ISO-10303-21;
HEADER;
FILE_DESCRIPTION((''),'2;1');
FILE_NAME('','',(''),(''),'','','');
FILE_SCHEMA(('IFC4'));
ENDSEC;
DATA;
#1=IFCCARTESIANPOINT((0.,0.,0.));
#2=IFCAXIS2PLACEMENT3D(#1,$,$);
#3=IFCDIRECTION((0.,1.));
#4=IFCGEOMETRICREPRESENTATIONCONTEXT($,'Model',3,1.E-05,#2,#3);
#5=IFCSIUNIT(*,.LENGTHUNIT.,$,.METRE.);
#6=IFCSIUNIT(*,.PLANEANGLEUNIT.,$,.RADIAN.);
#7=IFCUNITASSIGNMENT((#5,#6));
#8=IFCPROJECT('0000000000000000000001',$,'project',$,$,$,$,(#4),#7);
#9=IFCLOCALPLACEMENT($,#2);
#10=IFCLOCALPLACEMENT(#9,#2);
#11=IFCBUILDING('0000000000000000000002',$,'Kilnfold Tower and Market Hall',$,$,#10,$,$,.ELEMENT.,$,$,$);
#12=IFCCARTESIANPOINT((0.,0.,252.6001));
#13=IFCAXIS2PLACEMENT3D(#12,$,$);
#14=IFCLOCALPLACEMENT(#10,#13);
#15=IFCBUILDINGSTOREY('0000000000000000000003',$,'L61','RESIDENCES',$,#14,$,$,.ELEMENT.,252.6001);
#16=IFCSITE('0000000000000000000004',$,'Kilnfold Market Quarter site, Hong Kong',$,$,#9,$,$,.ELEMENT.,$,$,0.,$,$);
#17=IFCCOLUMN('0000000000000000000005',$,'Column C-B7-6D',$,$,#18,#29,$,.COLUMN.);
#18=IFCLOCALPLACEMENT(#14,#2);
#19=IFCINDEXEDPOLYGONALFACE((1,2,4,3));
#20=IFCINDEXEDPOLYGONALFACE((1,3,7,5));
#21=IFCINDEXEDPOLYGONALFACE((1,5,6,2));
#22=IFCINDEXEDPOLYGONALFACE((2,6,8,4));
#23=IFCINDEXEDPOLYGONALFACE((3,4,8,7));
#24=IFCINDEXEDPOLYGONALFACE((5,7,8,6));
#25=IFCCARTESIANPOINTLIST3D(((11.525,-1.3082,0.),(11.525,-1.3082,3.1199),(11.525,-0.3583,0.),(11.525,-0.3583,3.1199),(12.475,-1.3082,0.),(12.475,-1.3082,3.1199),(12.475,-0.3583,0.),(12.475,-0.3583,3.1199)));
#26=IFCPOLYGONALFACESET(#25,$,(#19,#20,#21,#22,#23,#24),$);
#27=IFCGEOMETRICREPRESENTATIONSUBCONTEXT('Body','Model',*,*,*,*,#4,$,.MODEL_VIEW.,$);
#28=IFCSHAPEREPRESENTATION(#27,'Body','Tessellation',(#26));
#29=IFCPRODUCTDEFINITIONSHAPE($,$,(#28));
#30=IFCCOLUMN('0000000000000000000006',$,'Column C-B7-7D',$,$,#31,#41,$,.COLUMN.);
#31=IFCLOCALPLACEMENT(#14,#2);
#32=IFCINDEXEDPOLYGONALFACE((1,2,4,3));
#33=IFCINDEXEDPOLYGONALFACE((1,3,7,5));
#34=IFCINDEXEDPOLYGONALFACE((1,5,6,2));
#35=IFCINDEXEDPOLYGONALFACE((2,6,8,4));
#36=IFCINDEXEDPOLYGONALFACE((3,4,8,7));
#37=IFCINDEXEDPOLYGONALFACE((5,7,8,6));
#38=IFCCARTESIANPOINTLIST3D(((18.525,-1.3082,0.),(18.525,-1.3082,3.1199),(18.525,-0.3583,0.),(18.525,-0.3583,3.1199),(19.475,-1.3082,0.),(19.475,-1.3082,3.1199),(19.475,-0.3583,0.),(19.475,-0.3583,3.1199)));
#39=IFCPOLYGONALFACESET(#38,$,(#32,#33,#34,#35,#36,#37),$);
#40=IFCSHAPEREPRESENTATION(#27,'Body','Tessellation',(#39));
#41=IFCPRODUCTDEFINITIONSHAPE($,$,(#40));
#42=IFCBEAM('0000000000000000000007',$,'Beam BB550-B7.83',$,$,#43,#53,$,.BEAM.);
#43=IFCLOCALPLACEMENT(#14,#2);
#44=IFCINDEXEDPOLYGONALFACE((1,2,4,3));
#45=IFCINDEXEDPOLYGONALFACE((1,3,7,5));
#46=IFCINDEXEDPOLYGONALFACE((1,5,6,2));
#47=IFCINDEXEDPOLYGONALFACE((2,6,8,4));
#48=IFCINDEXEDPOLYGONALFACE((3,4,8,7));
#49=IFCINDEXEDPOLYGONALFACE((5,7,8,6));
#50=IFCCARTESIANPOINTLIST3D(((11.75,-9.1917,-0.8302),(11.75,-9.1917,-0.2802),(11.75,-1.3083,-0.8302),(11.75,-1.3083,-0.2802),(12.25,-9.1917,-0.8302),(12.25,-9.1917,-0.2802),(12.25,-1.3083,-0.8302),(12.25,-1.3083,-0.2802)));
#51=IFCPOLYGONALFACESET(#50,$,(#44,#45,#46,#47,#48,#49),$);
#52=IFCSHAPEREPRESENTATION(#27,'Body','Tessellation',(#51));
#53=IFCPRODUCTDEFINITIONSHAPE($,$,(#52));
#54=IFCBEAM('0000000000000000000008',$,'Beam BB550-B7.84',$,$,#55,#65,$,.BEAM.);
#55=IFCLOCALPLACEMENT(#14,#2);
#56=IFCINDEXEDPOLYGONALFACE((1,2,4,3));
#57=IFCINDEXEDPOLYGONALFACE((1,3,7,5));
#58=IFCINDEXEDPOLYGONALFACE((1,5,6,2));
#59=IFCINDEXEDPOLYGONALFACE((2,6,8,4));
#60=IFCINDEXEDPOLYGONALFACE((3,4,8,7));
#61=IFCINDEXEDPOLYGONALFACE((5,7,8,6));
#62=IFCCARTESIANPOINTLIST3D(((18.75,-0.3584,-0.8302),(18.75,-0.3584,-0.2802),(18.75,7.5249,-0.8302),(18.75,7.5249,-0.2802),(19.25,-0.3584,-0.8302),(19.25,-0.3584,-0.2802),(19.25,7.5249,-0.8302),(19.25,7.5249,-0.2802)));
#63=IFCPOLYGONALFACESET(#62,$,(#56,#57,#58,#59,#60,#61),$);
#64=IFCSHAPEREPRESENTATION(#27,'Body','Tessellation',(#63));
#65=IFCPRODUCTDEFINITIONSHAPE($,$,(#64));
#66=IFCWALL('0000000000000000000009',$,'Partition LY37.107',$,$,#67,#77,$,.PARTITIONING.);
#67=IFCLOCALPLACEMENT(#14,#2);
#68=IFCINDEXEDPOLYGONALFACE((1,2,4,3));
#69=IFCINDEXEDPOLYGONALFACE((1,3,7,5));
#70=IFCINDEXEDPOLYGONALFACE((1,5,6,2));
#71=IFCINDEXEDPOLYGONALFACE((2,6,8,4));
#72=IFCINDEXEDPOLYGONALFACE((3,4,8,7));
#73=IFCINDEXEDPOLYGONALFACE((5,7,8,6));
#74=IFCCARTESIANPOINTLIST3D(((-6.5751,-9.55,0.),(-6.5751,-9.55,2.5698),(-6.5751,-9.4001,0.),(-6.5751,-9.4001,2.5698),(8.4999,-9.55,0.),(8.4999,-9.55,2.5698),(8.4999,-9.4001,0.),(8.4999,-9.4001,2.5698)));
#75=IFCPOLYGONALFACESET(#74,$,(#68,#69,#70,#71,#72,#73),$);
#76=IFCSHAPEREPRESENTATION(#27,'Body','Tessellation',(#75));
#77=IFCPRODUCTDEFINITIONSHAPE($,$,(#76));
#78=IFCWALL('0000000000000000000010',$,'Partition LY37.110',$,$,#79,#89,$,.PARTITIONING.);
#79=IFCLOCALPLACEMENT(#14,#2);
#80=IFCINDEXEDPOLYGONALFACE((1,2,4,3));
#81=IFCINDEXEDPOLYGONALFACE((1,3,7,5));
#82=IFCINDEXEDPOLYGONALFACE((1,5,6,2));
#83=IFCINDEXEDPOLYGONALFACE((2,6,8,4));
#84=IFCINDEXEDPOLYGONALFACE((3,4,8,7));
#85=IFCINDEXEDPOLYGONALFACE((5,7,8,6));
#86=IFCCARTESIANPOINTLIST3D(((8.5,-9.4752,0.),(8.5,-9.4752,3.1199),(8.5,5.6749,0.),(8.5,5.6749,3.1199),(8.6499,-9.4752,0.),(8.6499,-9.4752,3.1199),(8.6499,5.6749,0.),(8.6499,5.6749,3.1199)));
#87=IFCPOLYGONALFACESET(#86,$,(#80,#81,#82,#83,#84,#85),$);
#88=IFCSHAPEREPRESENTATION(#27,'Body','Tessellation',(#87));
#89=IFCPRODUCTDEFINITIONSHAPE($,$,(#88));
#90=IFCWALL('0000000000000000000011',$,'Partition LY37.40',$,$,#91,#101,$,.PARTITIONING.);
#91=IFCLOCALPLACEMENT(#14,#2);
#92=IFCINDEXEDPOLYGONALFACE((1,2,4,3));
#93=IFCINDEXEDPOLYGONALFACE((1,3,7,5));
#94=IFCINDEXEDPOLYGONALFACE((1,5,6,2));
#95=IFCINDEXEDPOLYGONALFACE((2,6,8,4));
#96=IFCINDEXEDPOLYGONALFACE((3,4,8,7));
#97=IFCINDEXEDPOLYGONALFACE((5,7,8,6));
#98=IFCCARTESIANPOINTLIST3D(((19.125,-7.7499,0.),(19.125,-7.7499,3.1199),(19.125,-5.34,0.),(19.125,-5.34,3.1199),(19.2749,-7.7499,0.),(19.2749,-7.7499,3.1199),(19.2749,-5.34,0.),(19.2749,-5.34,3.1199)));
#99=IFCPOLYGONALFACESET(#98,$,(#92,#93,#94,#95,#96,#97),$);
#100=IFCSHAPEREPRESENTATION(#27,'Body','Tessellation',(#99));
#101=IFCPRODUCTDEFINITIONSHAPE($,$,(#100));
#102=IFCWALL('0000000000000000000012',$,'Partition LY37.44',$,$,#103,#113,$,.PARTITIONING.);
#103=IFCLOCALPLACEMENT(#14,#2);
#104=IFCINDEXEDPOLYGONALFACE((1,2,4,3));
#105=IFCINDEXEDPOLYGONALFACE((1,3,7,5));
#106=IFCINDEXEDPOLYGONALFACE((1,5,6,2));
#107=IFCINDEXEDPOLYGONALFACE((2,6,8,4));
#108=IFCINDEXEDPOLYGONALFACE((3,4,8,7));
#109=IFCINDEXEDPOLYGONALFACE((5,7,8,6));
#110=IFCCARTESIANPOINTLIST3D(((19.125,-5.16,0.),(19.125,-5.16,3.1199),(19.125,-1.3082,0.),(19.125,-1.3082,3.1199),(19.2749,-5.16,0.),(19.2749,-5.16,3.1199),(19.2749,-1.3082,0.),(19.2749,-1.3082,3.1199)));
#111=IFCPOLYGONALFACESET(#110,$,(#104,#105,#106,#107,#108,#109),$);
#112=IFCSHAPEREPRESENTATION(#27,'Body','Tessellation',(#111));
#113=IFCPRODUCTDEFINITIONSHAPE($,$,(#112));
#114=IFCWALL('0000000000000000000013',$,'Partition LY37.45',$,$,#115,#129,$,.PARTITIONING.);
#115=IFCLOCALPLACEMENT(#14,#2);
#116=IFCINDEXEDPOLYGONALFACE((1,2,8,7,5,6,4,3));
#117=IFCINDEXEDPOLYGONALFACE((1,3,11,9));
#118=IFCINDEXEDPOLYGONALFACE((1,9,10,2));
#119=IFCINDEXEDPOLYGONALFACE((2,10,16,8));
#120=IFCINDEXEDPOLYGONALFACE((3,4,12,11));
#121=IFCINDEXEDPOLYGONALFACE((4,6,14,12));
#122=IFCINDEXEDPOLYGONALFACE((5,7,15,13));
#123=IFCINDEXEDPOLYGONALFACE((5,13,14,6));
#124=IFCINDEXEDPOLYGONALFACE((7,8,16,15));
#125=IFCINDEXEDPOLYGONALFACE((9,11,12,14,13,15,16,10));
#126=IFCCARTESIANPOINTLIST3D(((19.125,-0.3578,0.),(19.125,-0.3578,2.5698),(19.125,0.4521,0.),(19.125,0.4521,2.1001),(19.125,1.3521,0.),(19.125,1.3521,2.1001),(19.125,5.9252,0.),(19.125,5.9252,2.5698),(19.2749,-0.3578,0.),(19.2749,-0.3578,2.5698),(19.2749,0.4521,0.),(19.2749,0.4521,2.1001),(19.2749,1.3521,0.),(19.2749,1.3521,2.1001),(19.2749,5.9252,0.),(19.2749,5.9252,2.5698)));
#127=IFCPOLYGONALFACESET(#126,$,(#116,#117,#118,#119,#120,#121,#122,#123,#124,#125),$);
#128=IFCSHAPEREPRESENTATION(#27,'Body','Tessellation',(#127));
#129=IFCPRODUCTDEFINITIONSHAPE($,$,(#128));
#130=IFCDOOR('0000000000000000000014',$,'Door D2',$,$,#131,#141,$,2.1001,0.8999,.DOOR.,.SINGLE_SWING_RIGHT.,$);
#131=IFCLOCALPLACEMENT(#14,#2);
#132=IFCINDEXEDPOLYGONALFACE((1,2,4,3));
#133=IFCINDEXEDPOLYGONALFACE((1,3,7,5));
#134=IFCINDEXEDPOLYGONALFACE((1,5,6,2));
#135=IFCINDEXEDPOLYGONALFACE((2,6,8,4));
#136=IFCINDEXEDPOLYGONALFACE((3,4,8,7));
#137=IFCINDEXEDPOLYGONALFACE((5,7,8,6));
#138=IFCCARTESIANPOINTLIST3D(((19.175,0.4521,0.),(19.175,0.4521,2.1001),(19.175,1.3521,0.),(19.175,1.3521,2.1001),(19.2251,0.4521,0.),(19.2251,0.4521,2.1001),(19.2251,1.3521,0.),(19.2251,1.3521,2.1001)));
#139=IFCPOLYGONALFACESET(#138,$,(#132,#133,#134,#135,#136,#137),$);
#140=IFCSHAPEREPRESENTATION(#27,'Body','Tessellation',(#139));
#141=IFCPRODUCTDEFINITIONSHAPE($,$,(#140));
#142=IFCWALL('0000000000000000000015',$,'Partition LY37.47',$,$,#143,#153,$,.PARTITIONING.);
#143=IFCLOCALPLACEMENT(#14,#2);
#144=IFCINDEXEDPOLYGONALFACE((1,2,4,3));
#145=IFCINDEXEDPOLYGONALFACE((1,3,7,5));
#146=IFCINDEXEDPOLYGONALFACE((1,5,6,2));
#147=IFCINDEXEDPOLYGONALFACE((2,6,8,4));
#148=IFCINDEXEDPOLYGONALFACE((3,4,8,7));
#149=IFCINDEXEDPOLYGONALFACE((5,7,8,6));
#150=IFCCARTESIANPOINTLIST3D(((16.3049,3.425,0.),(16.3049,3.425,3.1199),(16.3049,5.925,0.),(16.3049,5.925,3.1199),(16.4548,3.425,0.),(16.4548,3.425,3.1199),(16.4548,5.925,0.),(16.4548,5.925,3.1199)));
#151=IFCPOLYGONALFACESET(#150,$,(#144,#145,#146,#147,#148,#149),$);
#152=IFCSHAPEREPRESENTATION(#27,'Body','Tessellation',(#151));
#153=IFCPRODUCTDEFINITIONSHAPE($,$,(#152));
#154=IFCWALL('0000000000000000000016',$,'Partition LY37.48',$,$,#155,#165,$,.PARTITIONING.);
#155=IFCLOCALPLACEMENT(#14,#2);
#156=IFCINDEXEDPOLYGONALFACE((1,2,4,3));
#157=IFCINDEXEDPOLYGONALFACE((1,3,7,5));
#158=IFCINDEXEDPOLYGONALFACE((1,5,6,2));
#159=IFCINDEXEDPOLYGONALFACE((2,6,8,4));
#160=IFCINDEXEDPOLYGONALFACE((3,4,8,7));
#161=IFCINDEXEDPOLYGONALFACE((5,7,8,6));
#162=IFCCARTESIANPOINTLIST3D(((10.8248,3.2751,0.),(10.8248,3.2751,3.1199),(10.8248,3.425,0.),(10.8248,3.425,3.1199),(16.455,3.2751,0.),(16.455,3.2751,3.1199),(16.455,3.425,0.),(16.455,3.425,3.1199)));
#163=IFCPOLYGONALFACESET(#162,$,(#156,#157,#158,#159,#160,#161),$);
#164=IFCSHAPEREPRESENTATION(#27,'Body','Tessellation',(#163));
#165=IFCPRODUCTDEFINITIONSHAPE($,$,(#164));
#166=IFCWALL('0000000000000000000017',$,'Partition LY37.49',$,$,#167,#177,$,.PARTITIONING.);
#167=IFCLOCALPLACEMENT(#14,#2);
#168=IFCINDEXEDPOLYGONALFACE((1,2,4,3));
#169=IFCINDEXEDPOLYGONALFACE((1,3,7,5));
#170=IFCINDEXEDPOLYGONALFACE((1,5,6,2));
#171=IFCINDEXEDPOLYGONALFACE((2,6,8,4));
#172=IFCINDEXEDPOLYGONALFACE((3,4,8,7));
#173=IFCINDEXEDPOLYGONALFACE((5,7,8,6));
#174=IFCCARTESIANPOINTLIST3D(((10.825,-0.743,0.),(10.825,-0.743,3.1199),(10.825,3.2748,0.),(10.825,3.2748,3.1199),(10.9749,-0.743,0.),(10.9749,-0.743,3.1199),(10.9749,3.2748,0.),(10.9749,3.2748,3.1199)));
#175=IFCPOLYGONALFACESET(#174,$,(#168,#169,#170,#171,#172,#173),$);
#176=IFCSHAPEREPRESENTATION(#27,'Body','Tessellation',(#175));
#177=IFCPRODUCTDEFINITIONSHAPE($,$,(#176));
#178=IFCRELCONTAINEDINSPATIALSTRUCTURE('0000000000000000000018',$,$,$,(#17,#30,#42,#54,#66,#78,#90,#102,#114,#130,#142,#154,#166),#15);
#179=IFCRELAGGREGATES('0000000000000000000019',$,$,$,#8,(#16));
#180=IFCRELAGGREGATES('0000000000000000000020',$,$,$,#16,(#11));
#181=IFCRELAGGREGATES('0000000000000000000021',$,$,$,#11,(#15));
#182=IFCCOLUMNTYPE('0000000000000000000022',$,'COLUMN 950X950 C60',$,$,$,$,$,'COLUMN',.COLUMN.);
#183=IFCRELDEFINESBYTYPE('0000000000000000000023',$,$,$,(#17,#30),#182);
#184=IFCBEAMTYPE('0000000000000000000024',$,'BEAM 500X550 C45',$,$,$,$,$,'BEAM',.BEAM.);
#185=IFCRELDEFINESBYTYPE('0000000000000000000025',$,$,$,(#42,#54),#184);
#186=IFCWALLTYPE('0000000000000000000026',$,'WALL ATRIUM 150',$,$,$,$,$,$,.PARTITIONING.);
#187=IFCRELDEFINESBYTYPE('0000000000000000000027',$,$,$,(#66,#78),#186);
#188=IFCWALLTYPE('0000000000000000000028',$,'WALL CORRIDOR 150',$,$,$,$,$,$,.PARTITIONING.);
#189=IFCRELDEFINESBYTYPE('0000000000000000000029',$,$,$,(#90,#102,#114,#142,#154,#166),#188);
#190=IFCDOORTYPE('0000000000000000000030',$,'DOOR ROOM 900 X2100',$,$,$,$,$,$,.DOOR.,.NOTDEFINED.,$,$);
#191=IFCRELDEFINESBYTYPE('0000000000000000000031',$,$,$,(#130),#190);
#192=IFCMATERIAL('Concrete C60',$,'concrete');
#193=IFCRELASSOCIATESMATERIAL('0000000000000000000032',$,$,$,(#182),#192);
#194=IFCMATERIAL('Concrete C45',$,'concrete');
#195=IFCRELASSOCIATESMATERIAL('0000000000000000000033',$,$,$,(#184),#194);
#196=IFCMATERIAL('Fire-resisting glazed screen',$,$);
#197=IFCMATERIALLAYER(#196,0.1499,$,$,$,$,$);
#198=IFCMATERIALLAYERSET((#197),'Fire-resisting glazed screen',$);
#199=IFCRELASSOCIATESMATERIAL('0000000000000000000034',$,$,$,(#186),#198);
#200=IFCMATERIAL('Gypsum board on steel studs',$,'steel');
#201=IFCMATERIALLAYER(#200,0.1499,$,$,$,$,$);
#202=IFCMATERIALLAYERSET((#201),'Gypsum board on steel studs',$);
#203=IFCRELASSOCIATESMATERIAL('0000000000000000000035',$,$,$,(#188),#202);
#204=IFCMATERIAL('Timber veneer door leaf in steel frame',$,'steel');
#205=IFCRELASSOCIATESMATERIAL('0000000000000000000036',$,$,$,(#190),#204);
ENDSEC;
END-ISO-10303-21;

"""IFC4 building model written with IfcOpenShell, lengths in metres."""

from ifc_helpers import new_model, si_unit, direction, frame, frame_2d, origin, origin_2d, place, context, subcontext, project, spatial, rectangle, extrude, source, transform, mapped, material, layer, layer_set, material_profile, profile_set, type_object, element, fill, save


model = new_model("IFC4")

# Units and contexts
model_context = context("Model", 3, precision=1e-05, world=origin(), true_north=direction((0.0, 1.0)))
body_context = subcontext(model_context, "Body", "Model", "MODEL_VIEW")
ifc_project = project(units=[si_unit("LENGTHUNIT", "METRE"), si_unit("PLANEANGLEUNIT", "RADIAN")], contexts=[model_context])

# Site, building, storey
site_placement = place(None, origin())
site = spatial("IfcSite", under=ifc_project, at=site_placement, Name="Kilnfold Market Quarter site, Hong Kong", CompositionType="ELEMENT", RefElevation=0.0)
building_placement = place(site_placement, origin())
building = spatial("IfcBuilding", under=site, at=building_placement, Name="Kilnfold Tower and Market Hall", CompositionType="ELEMENT")
storey_placement = place(building_placement, frame((0.0, 0.0, 252.6001)))
storey = spatial("IfcBuildingStorey", under=building, at=storey_placement, Name="L61", Description="RESIDENCES", CompositionType="ELEMENT", Elevation=252.6001)

# Columns
ifc_material_1 = material(Name="Concrete C60", Category="concrete")
ifc_material_profile_1 = material_profile(ifc_material_1, rectangle(XDim=0.95, YDim=0.95, at=origin_2d()), Name="RC 950x950")
ifc_profile_set_1 = profile_set([ifc_material_profile_1], Name="Concrete C60")
column_type = type_object("IfcColumnType", Name="COLUMN 950X950 C60", ElementType="COLUMN", PredefinedType="COLUMN", material=ifc_profile_set_1)
shared_shape_1 = source(origin(), body_context, "Body", "SweptSolid", [
    extrude(rectangle(XDim=0.95, YDim=0.95, at=origin_2d()), origin(), (0.0, 0.0, 1.0), 3.1199),
])
for number, where, z_axis, x_axis, name in (
    (1, (12.0, -0.8333, 0.0), (0.0, 0.0, 1.0), (1.0, 0.0, 0.0), "Column C-B7-6D"),
    (2, (19.0, -0.8333, 0.0), (0.0, 0.0, 1.0), (1.0, 0.0, 0.0), "Column C-B7-7D"),
):
    element("IfcColumn", number, at=place(storey_placement, frame(where, z_axis=z_axis, x_axis=x_axis)), inside=storey, type_object=column_type, Name=name, PredefinedType="COLUMN", context=body_context, shape_type="MappedRepresentation", body=[
        mapped(shared_shape_1, transform((0.0, 0.0, 0.0))),
    ])

# Beams
ifc_material_2 = material(Name="Concrete C45", Category="concrete")
ifc_material_profile_2 = material_profile(ifc_material_2, rectangle(XDim=0.5, YDim=0.55, at=origin_2d()), Name="RC 500x550")
ifc_profile_set_2 = profile_set([ifc_material_profile_2], Name="Concrete C45")
beam_type = type_object("IfcBeamType", Name="BEAM 500X550 C45", ElementType="BEAM", PredefinedType="BEAM", material=ifc_profile_set_2)
shared_shape_2 = source(origin(), body_context, "Body", "SweptSolid", [
    extrude(rectangle(XDim=0.5, YDim=0.55, at=origin_2d()), origin(), (0.0, 0.0, 1.0), 7.8833),
])
for number, where, z_axis, x_axis, name in (
    (3, (12.0, -9.1917, -0.5552), (0.0, 1.0, 0.0), (-1.0, 0.0, 0.0), "Beam BB550-B7.83"),
    (4, (19.0, -0.3584, -0.5552), (0.0, 1.0, 0.0), (-1.0, 0.0, 0.0), "Beam BB550-B7.84"),
):
    element("IfcBeam", number, at=place(storey_placement, frame(where, z_axis=z_axis, x_axis=x_axis)), inside=storey, type_object=beam_type, Name=name, PredefinedType="BEAM", context=body_context, shape_type="MappedRepresentation", body=[
        mapped(shared_shape_2, transform((0.0, 0.0, 0.0))),
    ])

# Walls
ifc_material_3 = material(Name="Fire-resisting glazed screen")
ifc_layer_1 = layer(ifc_material_3, 0.1499)
ifc_layer_set_1 = layer_set([ifc_layer_1], Name="Fire-resisting glazed screen")
wall_type_1 = type_object("IfcWallType", Name="WALL ATRIUM 150", PredefinedType="PARTITIONING", material=ifc_layer_set_1)
wall_1_placement = place(storey_placement, frame((8.5, -9.4751, 0.0), z_axis=(0.0, 0.0, 1.0), x_axis=(-1.0, 0.0, 0.0)))
element("IfcWall", 5, at=wall_1_placement, inside=storey, type_object=wall_type_1, Name="Partition LY37.107", PredefinedType="PARTITIONING", context=body_context, shape_type="SweptSolid", body=[
    extrude(rectangle(XDim=15.075, YDim=0.1499, at=frame_2d((7.5376, 0.0))), origin(), (0.0, 0.0, 1.0), 2.5698),
])
wall_2_placement = place(storey_placement, frame((8.575, 5.675, 0.0), z_axis=(0.0, 0.0, 1.0), x_axis=(0.0, -1.0, 0.0)))
element("IfcWall", 6, at=wall_2_placement, inside=storey, type_object=wall_type_1, Name="Partition LY37.110", PredefinedType="PARTITIONING", context=body_context, shape_type="SweptSolid", body=[
    extrude(rectangle(XDim=15.1501, YDim=0.1499, at=frame_2d((7.5752, 0.0))), origin(), (0.0, 0.0, 1.0), 3.1199),
])
ifc_material_4 = material(Name="Gypsum board on steel studs", Category="steel")
ifc_layer_2 = layer(ifc_material_4, 0.1499)
ifc_layer_set_2 = layer_set([ifc_layer_2], Name="Gypsum board on steel studs")
wall_type_2 = type_object("IfcWallType", Name="WALL CORRIDOR 150", PredefinedType="PARTITIONING", material=ifc_layer_set_2)
wall_3_placement = place(storey_placement, frame((19.2, -7.75, 0.0), z_axis=(0.0, 0.0, 1.0), x_axis=(0.0, 1.0, 0.0)))
element("IfcWall", 7, at=wall_3_placement, inside=storey, type_object=wall_type_2, Name="Partition LY37.40", PredefinedType="PARTITIONING", context=body_context, shape_type="SweptSolid", body=[
    extrude(rectangle(XDim=2.4099, YDim=0.1499, at=frame_2d((1.2051, 0.0))), origin(), (0.0, 0.0, 1.0), 3.1199),
])
wall_4_placement = place(storey_placement, frame((19.2, -5.1599, 0.0), z_axis=(0.0, 0.0, 1.0), x_axis=(0.0, 1.0, 0.0)))
element("IfcWall", 8, at=wall_4_placement, inside=storey, type_object=wall_type_2, Name="Partition LY37.44", PredefinedType="PARTITIONING", context=body_context, shape_type="SweptSolid", body=[
    extrude(rectangle(XDim=3.8518, YDim=0.1499, at=frame_2d((1.9258, 0.0))), origin(), (0.0, 0.0, 1.0), 3.1199),
])

# Wall, opening, door
wall_5_placement = place(storey_placement, frame((19.2, -0.3579, 0.0), z_axis=(0.0, 0.0, 1.0), x_axis=(0.0, 1.0, 0.0)))
wall_5 = element("IfcWall", 9, at=wall_5_placement, inside=storey, type_object=wall_type_2, Name="Partition LY37.45", PredefinedType="PARTITIONING", context=body_context, shape_type="SweptSolid", body=[
    extrude(rectangle(XDim=6.283, YDim=0.1499, at=frame_2d((3.1416, 0.0))), origin(), (0.0, 0.0, 1.0), 2.5698),
])
opening_1_placement = place(wall_5_placement, frame((0.8101, 0.0, 0.0)))
opening_1 = element("IfcOpeningElement", 10, at=opening_1_placement, cuts=wall_5, PredefinedType="OPENING", context=body_context, shape_type="SweptSolid", body=[
    extrude(rectangle(XDim=0.8999, YDim=2.1001, at=frame_2d((0.45, 1.05))), frame((0.0, 0.085, 0.0), z_axis=(0.0, -1.0, 0.0), x_axis=(1.0, 0.0, 0.0)), (0.0, 0.0, 1.0), 0.1699),
])
ifc_material_5 = material(Name="Timber veneer door leaf in steel frame", Category="steel")
door_type_1 = type_object("IfcDoorType", Name="DOOR ROOM 900 X2100", OperationType="NOTDEFINED", PredefinedType="DOOR", material=ifc_material_5)
door_1_placement = place(opening_1_placement, origin())
door_1 = element("IfcDoor", 11, at=door_1_placement, inside=storey, type_object=door_type_1, Name="Door D2", OperationType="SINGLE_SWING_RIGHT", OverallHeight=2.1001, OverallWidth=0.8999, PredefinedType="DOOR", context=body_context, shape_type="SweptSolid", body=[
    extrude(rectangle(XDim=0.8999, YDim=2.1001, at=frame_2d((0.45, 1.05))), frame((0.0, 0.0249, 0.0), z_axis=(0.0, -1.0, 0.0), x_axis=(1.0, 0.0, 0.0)), (0.0, 0.0, 1.0), 0.05),
])
fill(opening_1, door_1)

# Walls
wall_6_placement = place(storey_placement, frame((16.3799, 3.425, 0.0), z_axis=(0.0, 0.0, 1.0), x_axis=(0.0, 1.0, 0.0)))
element("IfcWall", 12, at=wall_6_placement, inside=storey, type_object=wall_type_2, Name="Partition LY37.47", PredefinedType="PARTITIONING", context=body_context, shape_type="SweptSolid", body=[
    extrude(rectangle(XDim=2.5, YDim=0.1499, at=frame_2d((1.25, 0.0))), origin(), (0.0, 0.0, 1.0), 3.1199),
])
wall_7_placement = place(storey_placement, frame((10.825, 3.3501, 0.0), z_axis=(0.0, 0.0, 1.0), x_axis=(1.0, 0.0, 0.0)))
element("IfcWall", 13, at=wall_7_placement, inside=storey, type_object=wall_type_2, Name="Partition LY37.48", PredefinedType="PARTITIONING", context=body_context, shape_type="SweptSolid", body=[
    extrude(rectangle(XDim=5.6301, YDim=0.1499, at=frame_2d((2.8149, 0.0))), origin(), (0.0, 0.0, 1.0), 3.1199),
])
wall_8_placement = place(storey_placement, frame((10.8999, -0.7429, 0.0), z_axis=(0.0, 0.0, 1.0), x_axis=(0.0, 1.0, 0.0)))
element("IfcWall", 14, at=wall_8_placement, inside=storey, type_object=wall_type_2, Name="Partition LY37.49", PredefinedType="PARTITIONING", context=body_context, shape_type="SweptSolid", body=[
    extrude(rectangle(XDim=4.0178, YDim=0.1499, at=frame_2d((2.0088, 0.0))), origin(), (0.0, 0.0, 1.0), 3.1199),
])

save(model, "model.ifc")
